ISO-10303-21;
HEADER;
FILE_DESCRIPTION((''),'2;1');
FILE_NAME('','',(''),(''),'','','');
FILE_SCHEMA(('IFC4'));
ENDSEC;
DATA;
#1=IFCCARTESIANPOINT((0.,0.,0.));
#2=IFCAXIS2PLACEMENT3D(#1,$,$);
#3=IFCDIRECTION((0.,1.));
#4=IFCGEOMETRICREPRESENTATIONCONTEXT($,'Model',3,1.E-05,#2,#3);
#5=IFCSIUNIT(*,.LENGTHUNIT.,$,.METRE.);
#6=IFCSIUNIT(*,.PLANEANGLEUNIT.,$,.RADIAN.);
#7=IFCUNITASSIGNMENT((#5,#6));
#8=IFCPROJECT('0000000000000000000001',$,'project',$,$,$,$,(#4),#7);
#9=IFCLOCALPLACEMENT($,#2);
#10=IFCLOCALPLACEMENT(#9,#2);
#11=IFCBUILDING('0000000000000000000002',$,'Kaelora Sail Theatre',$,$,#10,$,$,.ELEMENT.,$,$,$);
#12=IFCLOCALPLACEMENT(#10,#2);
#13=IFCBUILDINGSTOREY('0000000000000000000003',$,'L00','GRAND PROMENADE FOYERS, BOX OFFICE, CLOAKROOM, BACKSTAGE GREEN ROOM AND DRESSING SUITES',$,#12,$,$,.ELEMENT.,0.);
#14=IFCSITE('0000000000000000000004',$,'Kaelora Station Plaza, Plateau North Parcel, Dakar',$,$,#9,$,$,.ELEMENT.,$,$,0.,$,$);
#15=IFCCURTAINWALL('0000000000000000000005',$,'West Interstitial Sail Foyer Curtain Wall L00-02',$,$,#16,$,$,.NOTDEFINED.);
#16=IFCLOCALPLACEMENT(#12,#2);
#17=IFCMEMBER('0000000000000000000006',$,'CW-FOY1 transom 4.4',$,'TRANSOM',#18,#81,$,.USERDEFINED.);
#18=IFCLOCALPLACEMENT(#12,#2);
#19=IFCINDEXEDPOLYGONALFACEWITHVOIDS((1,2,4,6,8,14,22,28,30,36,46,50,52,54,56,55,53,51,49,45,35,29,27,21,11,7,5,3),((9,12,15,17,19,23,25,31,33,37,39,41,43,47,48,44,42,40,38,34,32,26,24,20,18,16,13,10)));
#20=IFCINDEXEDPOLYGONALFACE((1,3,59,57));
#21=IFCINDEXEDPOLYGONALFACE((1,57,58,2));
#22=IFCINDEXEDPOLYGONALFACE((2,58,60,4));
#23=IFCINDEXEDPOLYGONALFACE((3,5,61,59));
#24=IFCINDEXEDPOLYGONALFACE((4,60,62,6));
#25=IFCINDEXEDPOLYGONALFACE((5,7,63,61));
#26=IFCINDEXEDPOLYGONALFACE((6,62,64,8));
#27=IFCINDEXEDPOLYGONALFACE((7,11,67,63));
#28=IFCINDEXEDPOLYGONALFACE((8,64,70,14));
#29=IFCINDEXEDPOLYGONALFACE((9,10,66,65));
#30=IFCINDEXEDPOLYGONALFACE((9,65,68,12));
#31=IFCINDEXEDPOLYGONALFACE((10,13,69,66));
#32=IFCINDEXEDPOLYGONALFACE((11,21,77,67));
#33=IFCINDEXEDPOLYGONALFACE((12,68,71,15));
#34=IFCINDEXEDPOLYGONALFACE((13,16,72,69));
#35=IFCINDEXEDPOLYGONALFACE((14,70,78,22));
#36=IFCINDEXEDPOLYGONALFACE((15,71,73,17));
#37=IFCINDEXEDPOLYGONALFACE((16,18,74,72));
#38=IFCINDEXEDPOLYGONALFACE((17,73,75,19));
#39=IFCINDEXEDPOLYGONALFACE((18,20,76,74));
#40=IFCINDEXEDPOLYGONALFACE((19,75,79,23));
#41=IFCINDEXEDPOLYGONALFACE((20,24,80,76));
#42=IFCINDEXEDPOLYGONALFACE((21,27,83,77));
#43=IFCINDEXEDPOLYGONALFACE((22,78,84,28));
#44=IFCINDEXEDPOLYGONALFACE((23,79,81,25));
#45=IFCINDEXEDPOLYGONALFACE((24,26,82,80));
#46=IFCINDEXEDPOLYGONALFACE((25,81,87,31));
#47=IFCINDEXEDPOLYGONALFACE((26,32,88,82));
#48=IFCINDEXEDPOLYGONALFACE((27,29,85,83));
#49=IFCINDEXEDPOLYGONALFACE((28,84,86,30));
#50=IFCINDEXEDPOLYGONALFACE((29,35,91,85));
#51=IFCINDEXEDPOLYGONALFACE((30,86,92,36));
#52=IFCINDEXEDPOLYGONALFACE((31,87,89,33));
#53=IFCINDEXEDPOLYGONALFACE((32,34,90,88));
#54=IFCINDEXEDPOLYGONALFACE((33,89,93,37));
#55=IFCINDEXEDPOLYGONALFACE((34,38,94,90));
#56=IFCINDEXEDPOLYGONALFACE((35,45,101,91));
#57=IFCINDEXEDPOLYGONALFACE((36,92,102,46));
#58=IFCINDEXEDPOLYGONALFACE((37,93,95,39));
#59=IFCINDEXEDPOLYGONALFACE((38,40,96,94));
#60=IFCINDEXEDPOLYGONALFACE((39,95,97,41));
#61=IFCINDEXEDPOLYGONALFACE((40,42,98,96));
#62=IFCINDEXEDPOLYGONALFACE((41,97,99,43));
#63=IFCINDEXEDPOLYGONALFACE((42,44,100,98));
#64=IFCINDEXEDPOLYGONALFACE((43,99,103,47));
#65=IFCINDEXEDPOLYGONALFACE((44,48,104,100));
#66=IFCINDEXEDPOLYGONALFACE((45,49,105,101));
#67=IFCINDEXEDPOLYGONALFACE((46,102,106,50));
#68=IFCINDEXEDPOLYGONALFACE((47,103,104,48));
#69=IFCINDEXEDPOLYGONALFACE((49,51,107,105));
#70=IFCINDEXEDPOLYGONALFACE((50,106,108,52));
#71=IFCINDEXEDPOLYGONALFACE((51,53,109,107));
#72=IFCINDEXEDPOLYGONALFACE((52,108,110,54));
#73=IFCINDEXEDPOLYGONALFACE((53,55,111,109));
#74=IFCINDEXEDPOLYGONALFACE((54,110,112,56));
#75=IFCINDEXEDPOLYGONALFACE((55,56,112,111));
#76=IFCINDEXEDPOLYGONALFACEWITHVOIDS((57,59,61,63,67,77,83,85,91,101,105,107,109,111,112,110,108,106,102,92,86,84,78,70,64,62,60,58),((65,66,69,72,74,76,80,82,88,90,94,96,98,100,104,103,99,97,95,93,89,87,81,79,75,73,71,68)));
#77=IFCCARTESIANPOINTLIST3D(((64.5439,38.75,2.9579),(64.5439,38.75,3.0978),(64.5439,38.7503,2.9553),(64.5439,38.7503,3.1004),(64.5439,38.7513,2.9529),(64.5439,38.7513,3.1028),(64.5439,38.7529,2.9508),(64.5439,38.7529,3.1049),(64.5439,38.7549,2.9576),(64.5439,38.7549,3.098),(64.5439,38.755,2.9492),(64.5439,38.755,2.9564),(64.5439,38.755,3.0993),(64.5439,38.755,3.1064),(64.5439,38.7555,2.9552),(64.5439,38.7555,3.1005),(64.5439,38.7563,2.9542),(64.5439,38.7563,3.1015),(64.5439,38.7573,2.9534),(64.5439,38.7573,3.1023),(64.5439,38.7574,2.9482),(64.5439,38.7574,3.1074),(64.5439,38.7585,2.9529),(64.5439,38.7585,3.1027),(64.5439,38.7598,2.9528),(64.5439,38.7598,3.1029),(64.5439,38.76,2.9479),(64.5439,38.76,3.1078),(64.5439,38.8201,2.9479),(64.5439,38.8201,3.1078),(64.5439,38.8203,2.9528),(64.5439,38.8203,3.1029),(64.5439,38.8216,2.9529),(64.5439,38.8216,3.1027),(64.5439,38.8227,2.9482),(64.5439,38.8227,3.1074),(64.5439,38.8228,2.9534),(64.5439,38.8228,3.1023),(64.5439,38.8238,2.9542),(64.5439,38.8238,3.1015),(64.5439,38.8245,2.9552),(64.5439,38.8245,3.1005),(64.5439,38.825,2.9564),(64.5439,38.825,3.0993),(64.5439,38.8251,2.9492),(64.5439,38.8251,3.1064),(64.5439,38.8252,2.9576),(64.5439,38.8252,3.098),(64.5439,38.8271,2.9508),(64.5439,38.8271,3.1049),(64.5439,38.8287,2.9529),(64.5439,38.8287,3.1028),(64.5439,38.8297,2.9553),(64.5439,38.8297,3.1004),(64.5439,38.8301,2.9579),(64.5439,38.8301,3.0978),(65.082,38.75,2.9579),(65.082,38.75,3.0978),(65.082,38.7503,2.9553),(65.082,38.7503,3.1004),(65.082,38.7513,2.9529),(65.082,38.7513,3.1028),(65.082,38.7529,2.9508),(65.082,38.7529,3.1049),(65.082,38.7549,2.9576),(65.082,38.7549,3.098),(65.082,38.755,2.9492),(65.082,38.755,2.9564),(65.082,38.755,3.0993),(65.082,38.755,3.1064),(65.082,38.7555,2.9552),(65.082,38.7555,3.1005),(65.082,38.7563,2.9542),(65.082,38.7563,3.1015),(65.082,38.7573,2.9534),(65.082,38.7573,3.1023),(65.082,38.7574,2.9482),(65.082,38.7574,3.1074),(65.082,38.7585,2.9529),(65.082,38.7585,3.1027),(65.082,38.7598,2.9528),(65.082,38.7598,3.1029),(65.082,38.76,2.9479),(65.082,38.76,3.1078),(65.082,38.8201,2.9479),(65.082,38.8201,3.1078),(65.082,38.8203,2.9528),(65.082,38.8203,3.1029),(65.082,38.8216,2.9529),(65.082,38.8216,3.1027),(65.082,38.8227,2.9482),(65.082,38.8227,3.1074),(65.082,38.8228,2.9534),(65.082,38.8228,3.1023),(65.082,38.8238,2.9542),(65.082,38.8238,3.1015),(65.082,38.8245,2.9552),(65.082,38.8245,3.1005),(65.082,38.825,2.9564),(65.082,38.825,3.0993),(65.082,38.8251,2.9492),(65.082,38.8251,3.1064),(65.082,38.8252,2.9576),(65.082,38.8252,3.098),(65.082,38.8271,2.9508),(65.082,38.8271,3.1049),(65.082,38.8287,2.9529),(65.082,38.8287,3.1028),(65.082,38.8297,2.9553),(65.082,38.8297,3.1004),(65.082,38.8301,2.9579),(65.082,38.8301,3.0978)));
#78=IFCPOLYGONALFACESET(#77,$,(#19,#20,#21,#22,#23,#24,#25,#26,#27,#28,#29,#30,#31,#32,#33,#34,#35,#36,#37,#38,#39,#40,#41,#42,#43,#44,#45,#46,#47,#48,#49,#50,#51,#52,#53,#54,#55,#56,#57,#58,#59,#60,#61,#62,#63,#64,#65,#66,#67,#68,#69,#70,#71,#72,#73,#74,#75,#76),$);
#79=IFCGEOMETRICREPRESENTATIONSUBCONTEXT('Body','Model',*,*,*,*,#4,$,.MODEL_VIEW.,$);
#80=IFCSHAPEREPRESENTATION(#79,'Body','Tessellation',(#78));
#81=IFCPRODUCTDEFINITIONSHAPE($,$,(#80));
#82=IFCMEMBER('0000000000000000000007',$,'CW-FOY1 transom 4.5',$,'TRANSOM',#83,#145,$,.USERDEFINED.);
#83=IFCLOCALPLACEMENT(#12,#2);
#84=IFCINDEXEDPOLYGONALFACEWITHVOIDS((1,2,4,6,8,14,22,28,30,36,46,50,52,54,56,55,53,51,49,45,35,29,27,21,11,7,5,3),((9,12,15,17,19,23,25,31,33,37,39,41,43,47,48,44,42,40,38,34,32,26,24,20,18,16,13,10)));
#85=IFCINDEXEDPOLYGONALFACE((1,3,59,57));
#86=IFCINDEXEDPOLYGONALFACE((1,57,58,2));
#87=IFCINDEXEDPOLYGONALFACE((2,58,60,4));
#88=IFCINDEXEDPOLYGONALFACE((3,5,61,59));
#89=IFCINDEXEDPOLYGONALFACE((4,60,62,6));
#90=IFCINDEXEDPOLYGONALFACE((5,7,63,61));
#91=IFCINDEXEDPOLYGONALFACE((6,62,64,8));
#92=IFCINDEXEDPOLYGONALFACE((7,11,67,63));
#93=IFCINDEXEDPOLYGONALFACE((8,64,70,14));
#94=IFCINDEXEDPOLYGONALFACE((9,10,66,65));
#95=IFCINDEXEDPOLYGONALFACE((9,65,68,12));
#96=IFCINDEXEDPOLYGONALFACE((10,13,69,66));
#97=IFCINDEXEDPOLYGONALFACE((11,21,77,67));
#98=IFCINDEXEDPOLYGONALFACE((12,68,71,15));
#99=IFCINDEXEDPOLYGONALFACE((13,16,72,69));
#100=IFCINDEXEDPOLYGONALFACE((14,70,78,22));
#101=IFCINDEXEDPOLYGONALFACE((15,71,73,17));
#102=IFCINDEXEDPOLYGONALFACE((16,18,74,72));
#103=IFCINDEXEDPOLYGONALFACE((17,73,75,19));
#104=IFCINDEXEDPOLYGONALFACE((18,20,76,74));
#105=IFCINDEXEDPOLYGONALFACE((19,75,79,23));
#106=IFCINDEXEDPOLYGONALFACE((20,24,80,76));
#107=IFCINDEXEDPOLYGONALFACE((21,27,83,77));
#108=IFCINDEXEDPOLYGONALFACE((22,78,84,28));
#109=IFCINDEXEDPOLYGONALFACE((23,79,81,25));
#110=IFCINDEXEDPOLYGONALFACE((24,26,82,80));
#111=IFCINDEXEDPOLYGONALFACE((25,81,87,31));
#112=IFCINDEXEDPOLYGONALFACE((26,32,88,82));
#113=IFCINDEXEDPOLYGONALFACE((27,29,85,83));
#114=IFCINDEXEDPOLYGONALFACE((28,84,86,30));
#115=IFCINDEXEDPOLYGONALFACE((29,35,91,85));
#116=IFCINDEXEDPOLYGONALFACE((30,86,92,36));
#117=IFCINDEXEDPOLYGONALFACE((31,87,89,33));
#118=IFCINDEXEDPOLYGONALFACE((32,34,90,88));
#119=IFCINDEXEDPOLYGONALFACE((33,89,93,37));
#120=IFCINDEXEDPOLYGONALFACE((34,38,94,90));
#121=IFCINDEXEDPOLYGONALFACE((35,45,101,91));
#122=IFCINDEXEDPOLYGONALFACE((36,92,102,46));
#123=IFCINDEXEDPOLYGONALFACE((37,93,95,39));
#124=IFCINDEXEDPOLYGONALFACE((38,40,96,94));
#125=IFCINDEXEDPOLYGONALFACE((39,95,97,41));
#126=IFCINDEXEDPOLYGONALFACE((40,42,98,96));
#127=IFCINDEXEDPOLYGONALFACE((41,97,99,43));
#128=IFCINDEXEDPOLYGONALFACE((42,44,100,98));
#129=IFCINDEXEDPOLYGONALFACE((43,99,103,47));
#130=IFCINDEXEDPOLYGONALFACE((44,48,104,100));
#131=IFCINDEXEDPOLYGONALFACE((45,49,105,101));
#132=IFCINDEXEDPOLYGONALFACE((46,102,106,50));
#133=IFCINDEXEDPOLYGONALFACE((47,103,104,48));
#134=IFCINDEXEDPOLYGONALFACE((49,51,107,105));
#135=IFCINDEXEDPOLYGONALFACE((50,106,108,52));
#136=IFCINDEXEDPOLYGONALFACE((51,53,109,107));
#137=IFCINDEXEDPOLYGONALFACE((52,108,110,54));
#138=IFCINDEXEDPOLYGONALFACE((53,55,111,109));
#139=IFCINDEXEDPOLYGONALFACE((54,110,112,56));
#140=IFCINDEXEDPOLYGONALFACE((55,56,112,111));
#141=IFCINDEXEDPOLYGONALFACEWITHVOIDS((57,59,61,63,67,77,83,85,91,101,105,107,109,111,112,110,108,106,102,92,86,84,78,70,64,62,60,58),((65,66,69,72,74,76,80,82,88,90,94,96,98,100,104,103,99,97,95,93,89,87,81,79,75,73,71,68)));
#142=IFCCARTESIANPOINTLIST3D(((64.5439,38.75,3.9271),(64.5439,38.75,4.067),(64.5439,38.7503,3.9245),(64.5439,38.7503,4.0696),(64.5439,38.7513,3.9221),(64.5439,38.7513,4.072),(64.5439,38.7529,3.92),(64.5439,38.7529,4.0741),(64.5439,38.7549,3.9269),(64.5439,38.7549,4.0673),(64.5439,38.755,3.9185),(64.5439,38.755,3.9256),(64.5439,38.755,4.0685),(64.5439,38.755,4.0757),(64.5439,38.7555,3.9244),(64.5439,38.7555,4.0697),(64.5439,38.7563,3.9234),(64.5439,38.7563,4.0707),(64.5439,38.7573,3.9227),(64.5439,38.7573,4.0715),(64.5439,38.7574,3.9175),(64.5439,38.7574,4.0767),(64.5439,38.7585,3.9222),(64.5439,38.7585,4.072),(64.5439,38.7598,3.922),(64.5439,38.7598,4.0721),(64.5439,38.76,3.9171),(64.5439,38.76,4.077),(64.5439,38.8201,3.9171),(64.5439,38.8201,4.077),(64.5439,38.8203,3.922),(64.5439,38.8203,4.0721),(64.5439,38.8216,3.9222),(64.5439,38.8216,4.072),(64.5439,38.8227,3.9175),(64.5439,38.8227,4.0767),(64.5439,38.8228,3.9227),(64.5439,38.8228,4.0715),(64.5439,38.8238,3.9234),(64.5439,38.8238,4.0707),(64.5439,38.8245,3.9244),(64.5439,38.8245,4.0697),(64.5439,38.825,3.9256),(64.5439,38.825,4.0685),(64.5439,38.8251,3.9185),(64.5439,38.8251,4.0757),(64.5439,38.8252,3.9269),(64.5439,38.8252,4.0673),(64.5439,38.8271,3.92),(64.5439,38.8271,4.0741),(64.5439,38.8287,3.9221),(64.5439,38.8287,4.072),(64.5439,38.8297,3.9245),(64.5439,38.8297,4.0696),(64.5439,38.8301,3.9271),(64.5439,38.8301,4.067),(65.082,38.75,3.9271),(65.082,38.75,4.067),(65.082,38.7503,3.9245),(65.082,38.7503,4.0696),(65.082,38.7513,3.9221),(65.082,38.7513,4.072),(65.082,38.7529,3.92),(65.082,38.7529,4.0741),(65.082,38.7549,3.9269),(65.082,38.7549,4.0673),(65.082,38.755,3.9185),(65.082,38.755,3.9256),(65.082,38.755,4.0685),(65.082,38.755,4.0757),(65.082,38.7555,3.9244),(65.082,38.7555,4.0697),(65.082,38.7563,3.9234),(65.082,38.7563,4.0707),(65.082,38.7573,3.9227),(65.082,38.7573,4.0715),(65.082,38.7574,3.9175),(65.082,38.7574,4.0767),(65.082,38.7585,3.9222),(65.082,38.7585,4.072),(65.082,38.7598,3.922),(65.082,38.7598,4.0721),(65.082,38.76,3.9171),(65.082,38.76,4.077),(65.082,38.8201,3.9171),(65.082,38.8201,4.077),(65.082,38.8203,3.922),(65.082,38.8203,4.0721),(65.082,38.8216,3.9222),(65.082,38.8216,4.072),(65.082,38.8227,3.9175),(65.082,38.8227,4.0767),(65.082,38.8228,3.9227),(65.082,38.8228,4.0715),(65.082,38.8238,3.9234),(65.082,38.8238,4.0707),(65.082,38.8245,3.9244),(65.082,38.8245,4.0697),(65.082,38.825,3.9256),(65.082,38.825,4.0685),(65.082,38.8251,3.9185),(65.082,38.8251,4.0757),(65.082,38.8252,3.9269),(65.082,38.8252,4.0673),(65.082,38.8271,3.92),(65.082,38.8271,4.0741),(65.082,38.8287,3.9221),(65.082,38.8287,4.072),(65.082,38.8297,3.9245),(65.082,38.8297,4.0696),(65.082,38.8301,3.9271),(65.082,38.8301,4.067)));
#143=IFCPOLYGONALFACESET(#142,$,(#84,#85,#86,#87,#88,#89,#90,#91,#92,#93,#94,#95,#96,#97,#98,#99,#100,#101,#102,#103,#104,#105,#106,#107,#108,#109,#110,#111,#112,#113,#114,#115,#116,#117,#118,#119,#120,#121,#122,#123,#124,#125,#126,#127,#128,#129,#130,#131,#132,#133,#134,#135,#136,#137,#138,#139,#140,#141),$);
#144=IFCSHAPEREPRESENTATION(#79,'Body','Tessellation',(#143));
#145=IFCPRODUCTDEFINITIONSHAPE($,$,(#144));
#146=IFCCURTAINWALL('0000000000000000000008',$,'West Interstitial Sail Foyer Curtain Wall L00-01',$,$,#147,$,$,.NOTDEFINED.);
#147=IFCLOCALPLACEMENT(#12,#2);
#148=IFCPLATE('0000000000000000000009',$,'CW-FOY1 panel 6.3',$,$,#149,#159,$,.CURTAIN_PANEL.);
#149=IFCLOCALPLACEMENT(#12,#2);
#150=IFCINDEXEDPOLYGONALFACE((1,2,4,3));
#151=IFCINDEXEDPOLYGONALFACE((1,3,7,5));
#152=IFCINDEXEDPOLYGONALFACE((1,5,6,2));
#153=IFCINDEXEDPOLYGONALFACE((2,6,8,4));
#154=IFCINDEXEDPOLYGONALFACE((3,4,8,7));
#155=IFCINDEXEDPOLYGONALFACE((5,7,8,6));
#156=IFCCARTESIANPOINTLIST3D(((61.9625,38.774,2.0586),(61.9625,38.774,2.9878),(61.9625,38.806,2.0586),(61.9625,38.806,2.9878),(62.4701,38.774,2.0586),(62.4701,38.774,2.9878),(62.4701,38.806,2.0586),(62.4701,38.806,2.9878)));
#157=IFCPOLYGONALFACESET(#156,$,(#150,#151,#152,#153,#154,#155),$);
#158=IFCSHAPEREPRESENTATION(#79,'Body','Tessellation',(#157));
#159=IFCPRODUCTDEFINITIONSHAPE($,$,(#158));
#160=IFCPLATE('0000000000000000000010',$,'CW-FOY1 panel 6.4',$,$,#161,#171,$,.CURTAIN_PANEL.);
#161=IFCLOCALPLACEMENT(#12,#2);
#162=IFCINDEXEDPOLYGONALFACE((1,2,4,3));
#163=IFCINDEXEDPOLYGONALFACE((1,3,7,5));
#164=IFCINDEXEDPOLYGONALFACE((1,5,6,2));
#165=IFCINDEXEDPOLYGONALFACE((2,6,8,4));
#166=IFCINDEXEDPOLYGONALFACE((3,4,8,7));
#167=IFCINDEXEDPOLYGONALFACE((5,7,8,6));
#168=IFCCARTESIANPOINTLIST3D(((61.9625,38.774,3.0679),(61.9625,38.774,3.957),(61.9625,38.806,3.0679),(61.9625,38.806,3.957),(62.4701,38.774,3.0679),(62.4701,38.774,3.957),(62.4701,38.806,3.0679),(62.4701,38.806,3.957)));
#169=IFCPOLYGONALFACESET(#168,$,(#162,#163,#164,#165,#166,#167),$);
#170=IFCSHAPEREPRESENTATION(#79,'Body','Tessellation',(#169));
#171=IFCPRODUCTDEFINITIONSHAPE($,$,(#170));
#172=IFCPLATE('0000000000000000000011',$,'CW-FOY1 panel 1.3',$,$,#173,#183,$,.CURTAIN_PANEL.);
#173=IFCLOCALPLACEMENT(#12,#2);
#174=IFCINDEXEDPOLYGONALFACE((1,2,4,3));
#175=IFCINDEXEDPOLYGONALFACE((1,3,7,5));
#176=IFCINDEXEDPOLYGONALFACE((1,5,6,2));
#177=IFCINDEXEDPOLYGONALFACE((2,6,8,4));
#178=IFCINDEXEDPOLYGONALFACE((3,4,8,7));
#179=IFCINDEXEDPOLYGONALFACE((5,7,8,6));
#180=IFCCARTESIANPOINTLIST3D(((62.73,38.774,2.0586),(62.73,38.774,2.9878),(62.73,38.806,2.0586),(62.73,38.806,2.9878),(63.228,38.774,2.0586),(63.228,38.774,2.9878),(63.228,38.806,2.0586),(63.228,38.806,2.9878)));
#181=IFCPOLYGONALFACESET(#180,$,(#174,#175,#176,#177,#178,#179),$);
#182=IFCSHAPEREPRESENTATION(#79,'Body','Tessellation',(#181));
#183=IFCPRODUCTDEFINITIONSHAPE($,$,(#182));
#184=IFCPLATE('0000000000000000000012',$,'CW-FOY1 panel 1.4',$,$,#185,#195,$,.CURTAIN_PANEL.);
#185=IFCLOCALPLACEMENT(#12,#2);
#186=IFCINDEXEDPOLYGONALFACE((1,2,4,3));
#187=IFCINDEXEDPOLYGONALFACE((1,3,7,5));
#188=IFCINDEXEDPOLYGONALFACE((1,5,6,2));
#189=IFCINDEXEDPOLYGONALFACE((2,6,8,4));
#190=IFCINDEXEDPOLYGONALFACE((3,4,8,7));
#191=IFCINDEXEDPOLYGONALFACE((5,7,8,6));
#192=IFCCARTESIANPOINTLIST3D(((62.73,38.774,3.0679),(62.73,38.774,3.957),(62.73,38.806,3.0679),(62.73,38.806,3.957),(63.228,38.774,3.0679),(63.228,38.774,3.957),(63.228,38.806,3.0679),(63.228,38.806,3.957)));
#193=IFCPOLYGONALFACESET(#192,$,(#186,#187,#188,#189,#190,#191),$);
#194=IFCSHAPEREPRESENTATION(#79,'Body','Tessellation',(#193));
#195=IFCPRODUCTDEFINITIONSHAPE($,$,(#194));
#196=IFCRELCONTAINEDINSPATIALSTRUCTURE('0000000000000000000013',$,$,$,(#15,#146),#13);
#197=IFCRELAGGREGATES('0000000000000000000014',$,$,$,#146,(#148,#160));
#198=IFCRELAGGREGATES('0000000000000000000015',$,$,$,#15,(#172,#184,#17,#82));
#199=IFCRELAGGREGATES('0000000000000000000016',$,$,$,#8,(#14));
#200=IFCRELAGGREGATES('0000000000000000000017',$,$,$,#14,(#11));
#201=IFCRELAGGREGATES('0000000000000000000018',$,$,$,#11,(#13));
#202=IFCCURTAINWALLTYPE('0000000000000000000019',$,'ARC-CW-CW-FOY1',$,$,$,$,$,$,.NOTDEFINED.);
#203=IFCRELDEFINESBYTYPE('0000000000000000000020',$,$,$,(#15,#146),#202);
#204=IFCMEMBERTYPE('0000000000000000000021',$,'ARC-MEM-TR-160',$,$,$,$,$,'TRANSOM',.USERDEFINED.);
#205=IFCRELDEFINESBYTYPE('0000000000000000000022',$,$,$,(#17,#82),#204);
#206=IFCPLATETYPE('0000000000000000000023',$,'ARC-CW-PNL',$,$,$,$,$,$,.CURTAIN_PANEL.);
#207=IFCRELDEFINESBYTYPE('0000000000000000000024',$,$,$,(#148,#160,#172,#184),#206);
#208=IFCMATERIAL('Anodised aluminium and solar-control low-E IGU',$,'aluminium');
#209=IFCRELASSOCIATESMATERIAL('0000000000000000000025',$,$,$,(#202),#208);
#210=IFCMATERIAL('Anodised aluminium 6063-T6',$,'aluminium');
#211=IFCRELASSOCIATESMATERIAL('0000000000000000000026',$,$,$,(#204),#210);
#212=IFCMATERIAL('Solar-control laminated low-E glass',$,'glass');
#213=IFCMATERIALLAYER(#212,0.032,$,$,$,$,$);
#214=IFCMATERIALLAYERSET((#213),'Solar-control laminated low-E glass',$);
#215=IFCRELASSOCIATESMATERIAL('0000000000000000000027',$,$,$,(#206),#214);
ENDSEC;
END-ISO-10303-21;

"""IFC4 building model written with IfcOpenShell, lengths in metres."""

from ifc_helpers import new_model, si_unit, direction, frame, origin, origin_2d, place, context, subcontext, project, spatial, rectangle, hollow_rectangle, extrude, material, layer, layer_set, material_profile, profile_set, type_object, element, aggregate, save


model = new_model("IFC4")

# Units and contexts
model_context = context("Model", 3, precision=1e-05, world=origin(), true_north=direction((0.0, 1.0)))
body_context = subcontext(model_context, "Body", "Model", "MODEL_VIEW")
ifc_project = project(units=[si_unit("LENGTHUNIT", "METRE"), si_unit("PLANEANGLEUNIT", "RADIAN")], contexts=[model_context])

# Site, building, storey
site_placement = place(None, origin())
site = spatial("IfcSite", under=ifc_project, at=site_placement, Name="Kaelora Station Plaza, Plateau North Parcel, Dakar", CompositionType="ELEMENT", RefElevation=0.0)
building_placement = place(site_placement, origin())
building = spatial("IfcBuilding", under=site, at=building_placement, Name="Kaelora Sail Theatre", CompositionType="ELEMENT")
storey_placement = place(building_placement, origin())
storey = spatial("IfcBuildingStorey", under=building, at=storey_placement, Name="L00", Description="GRAND PROMENADE FOYERS, BOX OFFICE, CLOAKROOM, BACKSTAGE GREEN ROOM AND DRESSING SUITES", CompositionType="ELEMENT", Elevation=0.0)

# Curtain wall, members
ifc_material_1 = material(Name="Anodised aluminium and solar-control low-E IGU", Category="aluminium")
curtain_wall_type = type_object("IfcCurtainWallType", Name="ARC-CW-CW-FOY1", PredefinedType="NOTDEFINED", material=ifc_material_1)
curtain_wall_1_placement = place(storey_placement, origin())
curtain_wall_1 = element("IfcCurtainWall", 1, at=curtain_wall_1_placement, inside=storey, type_object=curtain_wall_type, Name="West Interstitial Sail Foyer Curtain Wall L00-02", PredefinedType="NOTDEFINED")
ifc_material_2 = material(Name="Anodised aluminium 6063-T6", Category="aluminium")
ifc_material_profile = material_profile(ifc_material_2, hollow_rectangle(XDim=0.0801, YDim=0.1599, WallThickness=0.0049, InnerFilletRadius=0.0049, OuterFilletRadius=0.01, at=origin_2d()), Name="ALU-TRAN 80x160x5")
ifc_profile_set = profile_set([ifc_material_profile], Name="Anodised aluminium 6063-T6")
member_type = type_object("IfcMemberType", Name="ARC-MEM-TR-160", ElementType="TRANSOM", PredefinedType="USERDEFINED", material=ifc_profile_set)
member_1_placement = place(storey_placement, frame((64.5439, 38.79, 3.0278), z_axis=(1.0, 0.0, 0.0), x_axis=(0.0, 1.0, 0.0)))
member_1 = element("IfcMember", 2, at=member_1_placement, type_object=member_type, Name="CW-FOY1 transom 4.4", ObjectType="TRANSOM", PredefinedType="USERDEFINED", context=body_context, shape_type="SweptSolid", body=[
    extrude(hollow_rectangle(XDim=0.0801, YDim=0.1599, WallThickness=0.0049, InnerFilletRadius=0.0049, OuterFilletRadius=0.01, at=origin_2d()), origin(), (0.0, 0.0, 1.0), 0.5381),
])
member_2_placement = place(storey_placement, frame((64.5439, 38.79, 3.9971), z_axis=(1.0, 0.0, 0.0), x_axis=(0.0, 1.0, 0.0)))
member_2 = element("IfcMember", 3, at=member_2_placement, type_object=member_type, Name="CW-FOY1 transom 4.5", ObjectType="TRANSOM", PredefinedType="USERDEFINED", context=body_context, shape_type="SweptSolid", body=[
    extrude(hollow_rectangle(XDim=0.0801, YDim=0.1599, WallThickness=0.0049, InnerFilletRadius=0.0049, OuterFilletRadius=0.01, at=origin_2d()), origin(), (0.0, 0.0, 1.0), 0.5381),
])

# Curtain wall, plates
curtain_wall_2_placement = place(storey_placement, origin())
curtain_wall_2 = element("IfcCurtainWall", 4, at=curtain_wall_2_placement, inside=storey, type_object=curtain_wall_type, Name="West Interstitial Sail Foyer Curtain Wall L00-01", PredefinedType="NOTDEFINED")
ifc_material_3 = material(Name="Solar-control laminated low-E glass", Category="glass")
ifc_layer = layer(ifc_material_3, 0.032)
ifc_layer_set = layer_set([ifc_layer], Name="Solar-control laminated low-E glass")
plate_type = type_object("IfcPlateType", Name="ARC-CW-PNL", PredefinedType="CURTAIN_PANEL", material=ifc_layer_set)
plate_1_placement = place(storey_placement, frame((62.2163, 38.79, 2.0586), z_axis=(0.0, 0.0, 1.0), x_axis=(1.0, 0.0, 0.0)))
plate_1 = element("IfcPlate", 5, at=plate_1_placement, type_object=plate_type, Name="CW-FOY1 panel 6.3", PredefinedType="CURTAIN_PANEL", context=body_context, shape_type="SweptSolid", body=[
    extrude(rectangle(XDim=0.5076, YDim=0.032, at=origin_2d()), origin(), (0.0, 0.0, 1.0), 0.9292),
])
plate_2_placement = place(storey_placement, frame((62.2163, 38.79, 3.0679), z_axis=(0.0, 0.0, 1.0), x_axis=(1.0, 0.0, 0.0)))
plate_2 = element("IfcPlate", 6, at=plate_2_placement, type_object=plate_type, Name="CW-FOY1 panel 6.4", PredefinedType="CURTAIN_PANEL", context=body_context, shape_type="SweptSolid", body=[
    extrude(rectangle(XDim=0.5076, YDim=0.032, at=origin_2d()), origin(), (0.0, 0.0, 1.0), 0.8892),
])
aggregate(curtain_wall_2, [plate_1, plate_2])

# Plates
plate_3_placement = place(storey_placement, frame((62.979, 38.79, 2.0586), z_axis=(0.0, 0.0, 1.0), x_axis=(1.0, 0.0, 0.0)))
plate_3 = element("IfcPlate", 7, at=plate_3_placement, type_object=plate_type, Name="CW-FOY1 panel 1.3", PredefinedType="CURTAIN_PANEL", context=body_context, shape_type="SweptSolid", body=[
    extrude(rectangle(XDim=0.498, YDim=0.032, at=origin_2d()), origin(), (0.0, 0.0, 1.0), 0.9292),
])
plate_4_placement = place(storey_placement, frame((62.979, 38.79, 3.0679), z_axis=(0.0, 0.0, 1.0), x_axis=(1.0, 0.0, 0.0)))
plate_4 = element("IfcPlate", 8, at=plate_4_placement, type_object=plate_type, Name="CW-FOY1 panel 1.4", PredefinedType="CURTAIN_PANEL", context=body_context, shape_type="SweptSolid", body=[
    extrude(rectangle(XDim=0.498, YDim=0.032, at=origin_2d()), origin(), (0.0, 0.0, 1.0), 0.8892),
])
aggregate(curtain_wall_1, [plate_3, plate_4, member_1, member_2])

save(model, "model.ifc")
